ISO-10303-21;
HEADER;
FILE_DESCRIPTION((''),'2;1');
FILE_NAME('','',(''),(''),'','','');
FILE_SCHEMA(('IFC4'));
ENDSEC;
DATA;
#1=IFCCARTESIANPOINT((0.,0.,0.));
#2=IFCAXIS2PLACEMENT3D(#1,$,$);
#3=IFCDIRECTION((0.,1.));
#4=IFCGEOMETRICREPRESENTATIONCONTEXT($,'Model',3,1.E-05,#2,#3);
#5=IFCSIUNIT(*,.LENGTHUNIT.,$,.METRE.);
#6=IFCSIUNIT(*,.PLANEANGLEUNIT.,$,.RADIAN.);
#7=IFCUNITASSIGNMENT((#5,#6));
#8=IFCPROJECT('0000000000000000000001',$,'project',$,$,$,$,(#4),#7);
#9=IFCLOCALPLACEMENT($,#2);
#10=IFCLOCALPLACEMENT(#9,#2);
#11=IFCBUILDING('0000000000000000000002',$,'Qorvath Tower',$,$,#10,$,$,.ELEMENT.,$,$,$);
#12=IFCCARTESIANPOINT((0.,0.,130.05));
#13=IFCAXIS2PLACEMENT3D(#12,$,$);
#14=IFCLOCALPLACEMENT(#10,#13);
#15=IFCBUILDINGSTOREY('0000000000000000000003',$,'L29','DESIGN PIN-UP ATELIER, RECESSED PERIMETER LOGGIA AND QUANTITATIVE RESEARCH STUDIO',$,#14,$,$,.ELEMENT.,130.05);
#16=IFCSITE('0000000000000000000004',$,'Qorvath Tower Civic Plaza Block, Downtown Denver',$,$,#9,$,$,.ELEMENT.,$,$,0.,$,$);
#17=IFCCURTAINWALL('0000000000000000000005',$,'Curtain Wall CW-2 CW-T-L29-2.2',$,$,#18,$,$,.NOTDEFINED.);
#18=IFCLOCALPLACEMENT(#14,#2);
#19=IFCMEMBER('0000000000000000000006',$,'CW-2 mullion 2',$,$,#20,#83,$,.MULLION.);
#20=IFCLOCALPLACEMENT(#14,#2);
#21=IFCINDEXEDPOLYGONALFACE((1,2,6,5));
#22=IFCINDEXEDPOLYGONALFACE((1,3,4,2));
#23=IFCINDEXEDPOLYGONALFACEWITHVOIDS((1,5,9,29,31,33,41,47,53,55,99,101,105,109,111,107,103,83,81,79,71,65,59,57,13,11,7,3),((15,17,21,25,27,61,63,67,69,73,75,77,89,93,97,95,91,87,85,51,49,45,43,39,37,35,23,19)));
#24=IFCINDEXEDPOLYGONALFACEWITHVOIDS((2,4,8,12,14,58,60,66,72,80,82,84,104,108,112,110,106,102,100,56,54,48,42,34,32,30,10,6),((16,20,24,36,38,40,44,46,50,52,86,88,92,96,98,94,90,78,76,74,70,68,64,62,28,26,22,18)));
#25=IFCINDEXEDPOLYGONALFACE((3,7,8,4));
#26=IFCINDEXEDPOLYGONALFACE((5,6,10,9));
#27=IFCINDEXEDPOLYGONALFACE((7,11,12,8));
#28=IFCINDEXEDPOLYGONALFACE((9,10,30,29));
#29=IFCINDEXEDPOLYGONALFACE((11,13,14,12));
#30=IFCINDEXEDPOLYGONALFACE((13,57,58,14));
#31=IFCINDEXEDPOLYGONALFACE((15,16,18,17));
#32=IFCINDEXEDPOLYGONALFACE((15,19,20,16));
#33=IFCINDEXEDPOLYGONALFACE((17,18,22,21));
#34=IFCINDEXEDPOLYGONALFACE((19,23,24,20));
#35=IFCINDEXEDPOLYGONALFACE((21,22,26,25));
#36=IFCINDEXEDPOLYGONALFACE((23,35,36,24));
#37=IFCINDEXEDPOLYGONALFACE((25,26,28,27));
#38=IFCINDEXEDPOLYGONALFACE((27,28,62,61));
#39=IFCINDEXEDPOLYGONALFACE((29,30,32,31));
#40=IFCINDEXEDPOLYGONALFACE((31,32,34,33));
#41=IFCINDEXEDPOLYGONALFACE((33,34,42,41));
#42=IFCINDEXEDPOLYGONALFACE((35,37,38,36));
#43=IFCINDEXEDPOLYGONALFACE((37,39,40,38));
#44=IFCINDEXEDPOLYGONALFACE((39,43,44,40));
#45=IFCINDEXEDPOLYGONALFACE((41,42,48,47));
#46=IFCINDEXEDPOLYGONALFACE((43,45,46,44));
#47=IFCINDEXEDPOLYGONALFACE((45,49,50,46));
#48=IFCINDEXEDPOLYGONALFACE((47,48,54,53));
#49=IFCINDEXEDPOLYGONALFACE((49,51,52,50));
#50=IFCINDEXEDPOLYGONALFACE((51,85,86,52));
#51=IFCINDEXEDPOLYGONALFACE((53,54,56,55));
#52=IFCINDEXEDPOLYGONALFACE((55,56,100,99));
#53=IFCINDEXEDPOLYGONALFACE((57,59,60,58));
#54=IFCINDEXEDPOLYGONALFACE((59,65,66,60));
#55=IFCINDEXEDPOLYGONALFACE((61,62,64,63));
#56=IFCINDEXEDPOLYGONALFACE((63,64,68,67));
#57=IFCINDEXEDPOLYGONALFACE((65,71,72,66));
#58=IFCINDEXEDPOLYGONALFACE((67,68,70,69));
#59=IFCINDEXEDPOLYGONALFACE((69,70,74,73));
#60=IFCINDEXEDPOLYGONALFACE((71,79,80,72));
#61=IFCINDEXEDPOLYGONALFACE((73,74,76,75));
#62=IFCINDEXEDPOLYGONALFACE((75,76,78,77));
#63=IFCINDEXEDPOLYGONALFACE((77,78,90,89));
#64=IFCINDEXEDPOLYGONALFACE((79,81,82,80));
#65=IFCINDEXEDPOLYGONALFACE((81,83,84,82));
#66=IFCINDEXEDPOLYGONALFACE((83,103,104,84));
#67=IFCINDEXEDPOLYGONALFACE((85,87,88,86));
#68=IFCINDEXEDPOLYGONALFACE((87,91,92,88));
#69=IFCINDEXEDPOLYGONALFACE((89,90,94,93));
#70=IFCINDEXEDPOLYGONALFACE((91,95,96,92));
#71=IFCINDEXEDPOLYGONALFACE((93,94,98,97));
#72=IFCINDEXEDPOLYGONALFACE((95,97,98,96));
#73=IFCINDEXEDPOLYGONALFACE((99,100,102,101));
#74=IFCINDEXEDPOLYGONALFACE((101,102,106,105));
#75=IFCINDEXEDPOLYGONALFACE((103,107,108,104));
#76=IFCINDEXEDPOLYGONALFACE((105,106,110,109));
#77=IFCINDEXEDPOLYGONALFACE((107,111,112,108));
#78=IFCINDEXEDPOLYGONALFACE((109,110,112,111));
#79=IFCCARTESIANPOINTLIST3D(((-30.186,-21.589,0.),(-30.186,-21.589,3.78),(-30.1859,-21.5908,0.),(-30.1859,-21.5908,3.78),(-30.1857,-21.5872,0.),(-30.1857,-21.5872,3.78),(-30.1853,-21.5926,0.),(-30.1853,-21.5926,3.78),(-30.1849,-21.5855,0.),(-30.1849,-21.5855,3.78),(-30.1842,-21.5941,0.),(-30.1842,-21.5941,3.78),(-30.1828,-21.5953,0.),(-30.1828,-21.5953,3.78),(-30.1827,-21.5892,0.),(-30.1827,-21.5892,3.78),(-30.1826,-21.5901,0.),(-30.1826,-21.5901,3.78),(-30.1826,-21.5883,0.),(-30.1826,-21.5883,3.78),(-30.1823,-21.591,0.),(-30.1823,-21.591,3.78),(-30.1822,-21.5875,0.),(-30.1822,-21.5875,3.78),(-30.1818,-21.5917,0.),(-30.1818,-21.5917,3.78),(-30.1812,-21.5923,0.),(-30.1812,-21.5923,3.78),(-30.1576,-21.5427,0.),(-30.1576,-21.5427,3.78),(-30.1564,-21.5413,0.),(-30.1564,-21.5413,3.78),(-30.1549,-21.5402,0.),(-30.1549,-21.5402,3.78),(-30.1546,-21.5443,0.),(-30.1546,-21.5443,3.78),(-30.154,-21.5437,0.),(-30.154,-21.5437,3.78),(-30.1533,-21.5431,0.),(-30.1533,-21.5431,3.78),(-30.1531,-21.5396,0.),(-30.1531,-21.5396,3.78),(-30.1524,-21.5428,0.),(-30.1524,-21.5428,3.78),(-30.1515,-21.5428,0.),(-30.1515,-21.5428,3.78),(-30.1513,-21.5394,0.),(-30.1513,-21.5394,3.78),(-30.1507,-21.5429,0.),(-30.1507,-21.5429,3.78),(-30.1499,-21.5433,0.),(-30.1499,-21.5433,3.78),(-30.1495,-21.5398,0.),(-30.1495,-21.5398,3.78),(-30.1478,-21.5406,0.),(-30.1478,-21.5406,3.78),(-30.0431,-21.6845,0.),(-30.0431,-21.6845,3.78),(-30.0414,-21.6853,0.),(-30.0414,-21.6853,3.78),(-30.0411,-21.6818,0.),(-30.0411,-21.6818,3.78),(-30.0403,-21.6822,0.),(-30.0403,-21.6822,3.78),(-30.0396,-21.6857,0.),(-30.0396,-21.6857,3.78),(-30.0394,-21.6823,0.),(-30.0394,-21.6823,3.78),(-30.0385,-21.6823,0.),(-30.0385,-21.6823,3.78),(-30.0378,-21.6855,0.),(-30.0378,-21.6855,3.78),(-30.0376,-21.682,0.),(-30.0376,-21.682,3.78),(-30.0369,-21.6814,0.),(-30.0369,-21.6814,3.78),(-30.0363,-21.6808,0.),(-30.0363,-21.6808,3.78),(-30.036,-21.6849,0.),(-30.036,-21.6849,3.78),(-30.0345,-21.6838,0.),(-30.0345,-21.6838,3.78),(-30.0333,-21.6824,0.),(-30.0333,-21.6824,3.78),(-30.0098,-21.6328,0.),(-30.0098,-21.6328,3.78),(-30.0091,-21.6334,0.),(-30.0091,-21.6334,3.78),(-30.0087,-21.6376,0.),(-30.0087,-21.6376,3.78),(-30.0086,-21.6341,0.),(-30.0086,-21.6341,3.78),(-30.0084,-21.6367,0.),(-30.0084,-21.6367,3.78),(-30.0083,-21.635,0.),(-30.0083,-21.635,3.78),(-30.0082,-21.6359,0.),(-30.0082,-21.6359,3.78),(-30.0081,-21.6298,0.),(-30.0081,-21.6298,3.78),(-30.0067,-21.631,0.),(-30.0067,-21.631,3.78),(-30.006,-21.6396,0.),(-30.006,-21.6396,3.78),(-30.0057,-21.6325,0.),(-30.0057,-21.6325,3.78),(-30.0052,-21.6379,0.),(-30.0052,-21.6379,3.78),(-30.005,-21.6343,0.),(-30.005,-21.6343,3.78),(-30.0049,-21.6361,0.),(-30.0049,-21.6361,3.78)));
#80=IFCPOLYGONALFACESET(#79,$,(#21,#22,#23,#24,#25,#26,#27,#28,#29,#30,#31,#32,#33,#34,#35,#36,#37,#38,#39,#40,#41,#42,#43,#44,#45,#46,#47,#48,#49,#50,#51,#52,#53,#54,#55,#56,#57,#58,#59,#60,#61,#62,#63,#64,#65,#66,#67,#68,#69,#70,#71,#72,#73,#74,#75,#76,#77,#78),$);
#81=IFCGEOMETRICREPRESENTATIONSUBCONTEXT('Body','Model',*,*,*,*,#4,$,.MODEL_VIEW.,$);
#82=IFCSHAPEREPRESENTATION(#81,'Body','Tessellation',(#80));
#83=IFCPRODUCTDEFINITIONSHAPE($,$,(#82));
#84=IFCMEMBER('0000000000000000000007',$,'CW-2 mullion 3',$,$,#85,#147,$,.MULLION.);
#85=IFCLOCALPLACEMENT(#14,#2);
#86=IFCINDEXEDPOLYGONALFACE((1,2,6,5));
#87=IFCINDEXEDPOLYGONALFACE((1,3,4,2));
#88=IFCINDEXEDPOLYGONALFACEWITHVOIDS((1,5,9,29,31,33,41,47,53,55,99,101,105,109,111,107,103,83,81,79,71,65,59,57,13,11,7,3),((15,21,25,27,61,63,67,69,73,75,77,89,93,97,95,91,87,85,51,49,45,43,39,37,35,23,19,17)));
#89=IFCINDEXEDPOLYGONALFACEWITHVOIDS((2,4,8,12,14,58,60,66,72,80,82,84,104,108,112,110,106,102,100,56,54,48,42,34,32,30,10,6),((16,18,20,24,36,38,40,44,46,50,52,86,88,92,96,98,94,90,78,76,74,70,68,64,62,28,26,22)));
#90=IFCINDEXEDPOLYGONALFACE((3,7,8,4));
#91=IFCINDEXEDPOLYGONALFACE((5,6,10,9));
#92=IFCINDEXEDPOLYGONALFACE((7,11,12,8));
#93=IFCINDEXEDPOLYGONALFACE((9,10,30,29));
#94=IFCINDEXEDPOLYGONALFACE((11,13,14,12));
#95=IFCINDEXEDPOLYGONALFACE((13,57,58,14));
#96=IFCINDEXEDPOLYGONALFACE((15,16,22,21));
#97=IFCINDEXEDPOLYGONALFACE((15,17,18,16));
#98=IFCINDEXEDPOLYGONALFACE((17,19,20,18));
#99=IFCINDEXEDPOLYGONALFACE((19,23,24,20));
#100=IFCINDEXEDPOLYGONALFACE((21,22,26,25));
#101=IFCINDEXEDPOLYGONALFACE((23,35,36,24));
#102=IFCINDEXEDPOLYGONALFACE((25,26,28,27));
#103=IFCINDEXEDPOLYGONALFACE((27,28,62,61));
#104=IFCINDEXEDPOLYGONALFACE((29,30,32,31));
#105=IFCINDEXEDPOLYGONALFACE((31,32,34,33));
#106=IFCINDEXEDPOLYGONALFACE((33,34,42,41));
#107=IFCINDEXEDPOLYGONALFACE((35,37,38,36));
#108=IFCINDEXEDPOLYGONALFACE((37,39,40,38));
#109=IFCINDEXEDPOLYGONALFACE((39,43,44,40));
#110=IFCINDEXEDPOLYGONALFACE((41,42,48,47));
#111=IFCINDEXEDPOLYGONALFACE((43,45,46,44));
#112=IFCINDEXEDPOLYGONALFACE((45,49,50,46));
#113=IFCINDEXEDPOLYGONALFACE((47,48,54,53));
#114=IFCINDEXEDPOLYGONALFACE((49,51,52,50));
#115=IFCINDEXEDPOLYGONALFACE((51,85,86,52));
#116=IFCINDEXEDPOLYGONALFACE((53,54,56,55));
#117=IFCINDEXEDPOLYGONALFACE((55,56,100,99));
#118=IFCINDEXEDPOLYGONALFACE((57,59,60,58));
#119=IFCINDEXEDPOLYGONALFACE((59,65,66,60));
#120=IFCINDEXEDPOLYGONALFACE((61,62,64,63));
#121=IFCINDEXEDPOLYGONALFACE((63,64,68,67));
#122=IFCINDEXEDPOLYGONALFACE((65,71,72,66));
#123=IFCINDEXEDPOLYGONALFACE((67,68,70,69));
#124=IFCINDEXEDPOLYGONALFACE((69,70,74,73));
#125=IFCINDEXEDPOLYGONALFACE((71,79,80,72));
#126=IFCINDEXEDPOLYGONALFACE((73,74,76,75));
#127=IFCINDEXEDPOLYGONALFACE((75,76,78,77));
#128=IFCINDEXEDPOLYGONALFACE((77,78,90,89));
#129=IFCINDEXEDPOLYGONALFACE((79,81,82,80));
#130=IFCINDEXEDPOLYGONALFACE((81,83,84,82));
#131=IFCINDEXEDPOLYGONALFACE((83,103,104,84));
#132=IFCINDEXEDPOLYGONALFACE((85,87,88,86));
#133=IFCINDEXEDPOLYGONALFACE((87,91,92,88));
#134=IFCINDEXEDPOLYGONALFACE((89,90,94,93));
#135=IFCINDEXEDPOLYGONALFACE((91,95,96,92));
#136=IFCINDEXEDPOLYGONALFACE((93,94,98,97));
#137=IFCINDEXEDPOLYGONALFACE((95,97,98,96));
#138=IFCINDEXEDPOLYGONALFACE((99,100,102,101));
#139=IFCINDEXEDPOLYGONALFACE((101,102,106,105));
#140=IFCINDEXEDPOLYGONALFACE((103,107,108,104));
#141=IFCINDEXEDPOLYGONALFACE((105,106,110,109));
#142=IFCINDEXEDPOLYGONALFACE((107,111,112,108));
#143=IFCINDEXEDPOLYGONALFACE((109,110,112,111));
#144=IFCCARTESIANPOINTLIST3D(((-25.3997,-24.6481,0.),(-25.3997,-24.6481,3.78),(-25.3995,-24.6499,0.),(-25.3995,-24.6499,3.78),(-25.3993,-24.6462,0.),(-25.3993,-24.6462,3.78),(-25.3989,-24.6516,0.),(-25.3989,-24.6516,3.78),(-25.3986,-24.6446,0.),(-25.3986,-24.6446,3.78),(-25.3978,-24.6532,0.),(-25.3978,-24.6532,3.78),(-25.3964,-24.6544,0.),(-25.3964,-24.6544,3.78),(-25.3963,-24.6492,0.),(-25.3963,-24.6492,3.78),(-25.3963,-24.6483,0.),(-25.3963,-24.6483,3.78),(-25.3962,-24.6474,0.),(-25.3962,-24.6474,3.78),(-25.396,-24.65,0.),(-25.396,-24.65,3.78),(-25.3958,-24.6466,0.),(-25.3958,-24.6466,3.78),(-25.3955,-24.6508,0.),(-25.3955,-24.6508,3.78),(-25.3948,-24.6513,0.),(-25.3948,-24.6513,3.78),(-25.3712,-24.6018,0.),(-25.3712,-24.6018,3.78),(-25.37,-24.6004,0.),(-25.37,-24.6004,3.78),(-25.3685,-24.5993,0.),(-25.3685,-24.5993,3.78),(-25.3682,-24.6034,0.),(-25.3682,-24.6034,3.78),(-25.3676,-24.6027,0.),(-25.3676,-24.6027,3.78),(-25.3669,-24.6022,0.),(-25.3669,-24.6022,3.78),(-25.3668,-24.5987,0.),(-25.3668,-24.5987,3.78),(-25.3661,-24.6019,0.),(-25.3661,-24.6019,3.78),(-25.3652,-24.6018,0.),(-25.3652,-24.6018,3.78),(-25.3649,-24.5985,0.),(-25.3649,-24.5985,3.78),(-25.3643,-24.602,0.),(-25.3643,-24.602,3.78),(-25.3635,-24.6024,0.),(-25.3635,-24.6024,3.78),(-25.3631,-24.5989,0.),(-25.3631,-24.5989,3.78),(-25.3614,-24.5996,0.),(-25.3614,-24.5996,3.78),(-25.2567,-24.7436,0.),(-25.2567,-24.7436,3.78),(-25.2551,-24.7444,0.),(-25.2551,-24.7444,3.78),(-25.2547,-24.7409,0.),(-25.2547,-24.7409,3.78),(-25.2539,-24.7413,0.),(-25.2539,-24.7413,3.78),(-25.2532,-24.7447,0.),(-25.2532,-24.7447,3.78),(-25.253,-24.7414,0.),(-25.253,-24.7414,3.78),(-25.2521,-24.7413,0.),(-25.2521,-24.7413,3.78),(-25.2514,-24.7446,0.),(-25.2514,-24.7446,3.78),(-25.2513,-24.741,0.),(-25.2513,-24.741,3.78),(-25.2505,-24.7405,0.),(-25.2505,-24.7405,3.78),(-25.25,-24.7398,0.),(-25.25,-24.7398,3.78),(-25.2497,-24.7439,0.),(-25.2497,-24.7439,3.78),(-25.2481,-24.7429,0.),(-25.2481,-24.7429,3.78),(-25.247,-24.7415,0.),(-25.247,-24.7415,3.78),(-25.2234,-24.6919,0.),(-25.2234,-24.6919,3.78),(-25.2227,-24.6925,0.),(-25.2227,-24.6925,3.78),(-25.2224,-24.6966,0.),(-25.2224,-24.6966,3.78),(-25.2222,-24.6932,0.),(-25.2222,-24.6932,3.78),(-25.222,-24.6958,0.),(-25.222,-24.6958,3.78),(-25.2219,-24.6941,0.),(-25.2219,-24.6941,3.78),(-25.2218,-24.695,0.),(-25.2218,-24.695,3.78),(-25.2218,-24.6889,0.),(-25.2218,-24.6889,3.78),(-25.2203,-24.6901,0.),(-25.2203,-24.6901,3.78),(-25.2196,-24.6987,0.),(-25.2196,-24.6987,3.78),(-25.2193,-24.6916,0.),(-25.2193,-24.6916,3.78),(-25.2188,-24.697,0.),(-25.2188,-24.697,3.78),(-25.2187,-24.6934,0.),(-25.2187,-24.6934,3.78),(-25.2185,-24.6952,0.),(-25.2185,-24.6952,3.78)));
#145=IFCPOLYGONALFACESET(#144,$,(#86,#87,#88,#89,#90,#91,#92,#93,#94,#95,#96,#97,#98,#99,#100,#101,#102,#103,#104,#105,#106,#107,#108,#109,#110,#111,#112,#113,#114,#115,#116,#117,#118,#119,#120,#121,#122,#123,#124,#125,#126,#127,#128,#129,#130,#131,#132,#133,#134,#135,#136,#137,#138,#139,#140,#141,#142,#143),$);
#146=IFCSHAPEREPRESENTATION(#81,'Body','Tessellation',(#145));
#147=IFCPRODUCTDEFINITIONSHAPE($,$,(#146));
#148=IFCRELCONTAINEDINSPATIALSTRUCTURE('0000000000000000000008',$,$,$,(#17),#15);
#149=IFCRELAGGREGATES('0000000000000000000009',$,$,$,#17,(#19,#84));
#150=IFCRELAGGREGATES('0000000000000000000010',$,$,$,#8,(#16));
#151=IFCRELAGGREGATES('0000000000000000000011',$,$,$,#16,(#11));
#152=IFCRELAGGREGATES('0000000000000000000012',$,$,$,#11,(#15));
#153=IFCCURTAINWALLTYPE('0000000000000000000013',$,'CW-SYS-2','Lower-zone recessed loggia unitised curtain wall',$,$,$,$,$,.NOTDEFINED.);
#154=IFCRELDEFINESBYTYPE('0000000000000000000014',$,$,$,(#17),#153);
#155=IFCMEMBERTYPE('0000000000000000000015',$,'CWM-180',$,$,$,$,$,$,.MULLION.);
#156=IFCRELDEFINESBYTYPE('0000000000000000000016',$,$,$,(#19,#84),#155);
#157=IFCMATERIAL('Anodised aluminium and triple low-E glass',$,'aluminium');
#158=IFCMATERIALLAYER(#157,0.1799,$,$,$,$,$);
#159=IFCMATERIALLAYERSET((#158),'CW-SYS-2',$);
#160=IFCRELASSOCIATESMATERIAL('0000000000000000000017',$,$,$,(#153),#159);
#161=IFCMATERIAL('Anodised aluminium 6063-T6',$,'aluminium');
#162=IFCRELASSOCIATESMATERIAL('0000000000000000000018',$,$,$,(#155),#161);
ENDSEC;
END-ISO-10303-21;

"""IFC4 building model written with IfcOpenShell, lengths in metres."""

from ifc_helpers import new_model, si_unit, direction, frame, origin, origin_2d, place, context, subcontext, project, spatial, hollow_rectangle, extrude, material, layer, layer_set, material_profile, profile_set, type_object, element, aggregate, save


model = new_model("IFC4")

# Units and contexts
model_context = context("Model", 3, precision=1e-05, world=origin(), true_north=direction((0.0, 1.0)))
body_context = subcontext(model_context, "Body", "Model", "MODEL_VIEW")
ifc_project = project(units=[si_unit("LENGTHUNIT", "METRE"), si_unit("PLANEANGLEUNIT", "RADIAN")], contexts=[model_context])

# Site, building, storey
site_placement = place(None, origin())
site = spatial("IfcSite", under=ifc_project, at=site_placement, Name="Qorvath Tower Civic Plaza Block, Downtown Denver", CompositionType="ELEMENT", RefElevation=0.0)
building_placement = place(site_placement, origin())
building = spatial("IfcBuilding", under=site, at=building_placement, Name="Qorvath Tower", CompositionType="ELEMENT")
storey_placement = place(building_placement, frame((0.0, 0.0, 130.05)))
storey = spatial("IfcBuildingStorey", under=building, at=storey_placement, Name="L29", Description="DESIGN PIN-UP ATELIER, RECESSED PERIMETER LOGGIA AND QUANTITATIVE RESEARCH STUDIO", CompositionType="ELEMENT", Elevation=130.05)

# Curtain wall, members
ifc_material_1 = material(Name="Anodised aluminium and triple low-E glass", Category="aluminium")
ifc_layer_1 = layer(ifc_material_1, 0.1799)
ifc_layer_set_1 = layer_set([ifc_layer_1], Name="CW-SYS-2")
curtain_wall_type = type_object("IfcCurtainWallType", Name="CW-SYS-2", Description="Lower-zone recessed loggia unitised curtain wall", PredefinedType="NOTDEFINED", material=ifc_layer_set_1)
curtain_wall_placement = place(storey_placement, origin())
curtain_wall = element("IfcCurtainWall", 1, at=curtain_wall_placement, inside=storey, type_object=curtain_wall_type, Name="Curtain Wall CW-2 CW-T-L29-2.2", PredefinedType="NOTDEFINED")
ifc_material_2 = material(Name="Anodised aluminium 6063-T6", Category="aluminium")
ifc_material_profile_1 = material_profile(ifc_material_2, hollow_rectangle(XDim=0.0649, YDim=0.1799, WallThickness=0.0034, InnerFilletRadius=0.0034, OuterFilletRadius=0.0071, at=origin_2d()), Name="CWM 180x65")
ifc_profile_set_1 = profile_set([ifc_material_profile_1], Name="Anodised aluminium 6063-T6")
member_type_1 = type_object("IfcMemberType", Name="CWM-180", PredefinedType="MULLION", material=ifc_profile_set_1)
member_1_placement = place(storey_placement, frame((-30.0955, -21.6125, 0.0), z_axis=(0.0, 0.0, 1.0), x_axis=(0.538536, 0.842602, 0.0)))
member_1 = element("IfcMember", 2, at=member_1_placement, type_object=member_type_1, Name="CW-2 mullion 2", PredefinedType="MULLION", context=body_context, shape_type="SweptSolid", body=[
    extrude(hollow_rectangle(XDim=0.0649, YDim=0.1799, WallThickness=0.0034, InnerFilletRadius=0.0034, OuterFilletRadius=0.0071, at=origin_2d()), origin(), (0.0, 0.0, 1.0), 3.78),
])
member_2_placement = place(storey_placement, frame((-25.3091, -24.6716, 0.0), z_axis=(0.0, 0.0, 1.0), x_axis=(0.538536, 0.842602, 0.0)))
member_2 = element("IfcMember", 3, at=member_2_placement, type_object=member_type_1, Name="CW-2 mullion 3", PredefinedType="MULLION", context=body_context, shape_type="SweptSolid", body=[
    extrude(hollow_rectangle(XDim=0.0649, YDim=0.1799, WallThickness=0.0034, InnerFilletRadius=0.0034, OuterFilletRadius=0.0071, at=origin_2d()), origin(), (0.0, 0.0, 1.0), 3.78),
])
aggregate(curtain_wall, [member_1, member_2])

save(model, "model.ifc")
